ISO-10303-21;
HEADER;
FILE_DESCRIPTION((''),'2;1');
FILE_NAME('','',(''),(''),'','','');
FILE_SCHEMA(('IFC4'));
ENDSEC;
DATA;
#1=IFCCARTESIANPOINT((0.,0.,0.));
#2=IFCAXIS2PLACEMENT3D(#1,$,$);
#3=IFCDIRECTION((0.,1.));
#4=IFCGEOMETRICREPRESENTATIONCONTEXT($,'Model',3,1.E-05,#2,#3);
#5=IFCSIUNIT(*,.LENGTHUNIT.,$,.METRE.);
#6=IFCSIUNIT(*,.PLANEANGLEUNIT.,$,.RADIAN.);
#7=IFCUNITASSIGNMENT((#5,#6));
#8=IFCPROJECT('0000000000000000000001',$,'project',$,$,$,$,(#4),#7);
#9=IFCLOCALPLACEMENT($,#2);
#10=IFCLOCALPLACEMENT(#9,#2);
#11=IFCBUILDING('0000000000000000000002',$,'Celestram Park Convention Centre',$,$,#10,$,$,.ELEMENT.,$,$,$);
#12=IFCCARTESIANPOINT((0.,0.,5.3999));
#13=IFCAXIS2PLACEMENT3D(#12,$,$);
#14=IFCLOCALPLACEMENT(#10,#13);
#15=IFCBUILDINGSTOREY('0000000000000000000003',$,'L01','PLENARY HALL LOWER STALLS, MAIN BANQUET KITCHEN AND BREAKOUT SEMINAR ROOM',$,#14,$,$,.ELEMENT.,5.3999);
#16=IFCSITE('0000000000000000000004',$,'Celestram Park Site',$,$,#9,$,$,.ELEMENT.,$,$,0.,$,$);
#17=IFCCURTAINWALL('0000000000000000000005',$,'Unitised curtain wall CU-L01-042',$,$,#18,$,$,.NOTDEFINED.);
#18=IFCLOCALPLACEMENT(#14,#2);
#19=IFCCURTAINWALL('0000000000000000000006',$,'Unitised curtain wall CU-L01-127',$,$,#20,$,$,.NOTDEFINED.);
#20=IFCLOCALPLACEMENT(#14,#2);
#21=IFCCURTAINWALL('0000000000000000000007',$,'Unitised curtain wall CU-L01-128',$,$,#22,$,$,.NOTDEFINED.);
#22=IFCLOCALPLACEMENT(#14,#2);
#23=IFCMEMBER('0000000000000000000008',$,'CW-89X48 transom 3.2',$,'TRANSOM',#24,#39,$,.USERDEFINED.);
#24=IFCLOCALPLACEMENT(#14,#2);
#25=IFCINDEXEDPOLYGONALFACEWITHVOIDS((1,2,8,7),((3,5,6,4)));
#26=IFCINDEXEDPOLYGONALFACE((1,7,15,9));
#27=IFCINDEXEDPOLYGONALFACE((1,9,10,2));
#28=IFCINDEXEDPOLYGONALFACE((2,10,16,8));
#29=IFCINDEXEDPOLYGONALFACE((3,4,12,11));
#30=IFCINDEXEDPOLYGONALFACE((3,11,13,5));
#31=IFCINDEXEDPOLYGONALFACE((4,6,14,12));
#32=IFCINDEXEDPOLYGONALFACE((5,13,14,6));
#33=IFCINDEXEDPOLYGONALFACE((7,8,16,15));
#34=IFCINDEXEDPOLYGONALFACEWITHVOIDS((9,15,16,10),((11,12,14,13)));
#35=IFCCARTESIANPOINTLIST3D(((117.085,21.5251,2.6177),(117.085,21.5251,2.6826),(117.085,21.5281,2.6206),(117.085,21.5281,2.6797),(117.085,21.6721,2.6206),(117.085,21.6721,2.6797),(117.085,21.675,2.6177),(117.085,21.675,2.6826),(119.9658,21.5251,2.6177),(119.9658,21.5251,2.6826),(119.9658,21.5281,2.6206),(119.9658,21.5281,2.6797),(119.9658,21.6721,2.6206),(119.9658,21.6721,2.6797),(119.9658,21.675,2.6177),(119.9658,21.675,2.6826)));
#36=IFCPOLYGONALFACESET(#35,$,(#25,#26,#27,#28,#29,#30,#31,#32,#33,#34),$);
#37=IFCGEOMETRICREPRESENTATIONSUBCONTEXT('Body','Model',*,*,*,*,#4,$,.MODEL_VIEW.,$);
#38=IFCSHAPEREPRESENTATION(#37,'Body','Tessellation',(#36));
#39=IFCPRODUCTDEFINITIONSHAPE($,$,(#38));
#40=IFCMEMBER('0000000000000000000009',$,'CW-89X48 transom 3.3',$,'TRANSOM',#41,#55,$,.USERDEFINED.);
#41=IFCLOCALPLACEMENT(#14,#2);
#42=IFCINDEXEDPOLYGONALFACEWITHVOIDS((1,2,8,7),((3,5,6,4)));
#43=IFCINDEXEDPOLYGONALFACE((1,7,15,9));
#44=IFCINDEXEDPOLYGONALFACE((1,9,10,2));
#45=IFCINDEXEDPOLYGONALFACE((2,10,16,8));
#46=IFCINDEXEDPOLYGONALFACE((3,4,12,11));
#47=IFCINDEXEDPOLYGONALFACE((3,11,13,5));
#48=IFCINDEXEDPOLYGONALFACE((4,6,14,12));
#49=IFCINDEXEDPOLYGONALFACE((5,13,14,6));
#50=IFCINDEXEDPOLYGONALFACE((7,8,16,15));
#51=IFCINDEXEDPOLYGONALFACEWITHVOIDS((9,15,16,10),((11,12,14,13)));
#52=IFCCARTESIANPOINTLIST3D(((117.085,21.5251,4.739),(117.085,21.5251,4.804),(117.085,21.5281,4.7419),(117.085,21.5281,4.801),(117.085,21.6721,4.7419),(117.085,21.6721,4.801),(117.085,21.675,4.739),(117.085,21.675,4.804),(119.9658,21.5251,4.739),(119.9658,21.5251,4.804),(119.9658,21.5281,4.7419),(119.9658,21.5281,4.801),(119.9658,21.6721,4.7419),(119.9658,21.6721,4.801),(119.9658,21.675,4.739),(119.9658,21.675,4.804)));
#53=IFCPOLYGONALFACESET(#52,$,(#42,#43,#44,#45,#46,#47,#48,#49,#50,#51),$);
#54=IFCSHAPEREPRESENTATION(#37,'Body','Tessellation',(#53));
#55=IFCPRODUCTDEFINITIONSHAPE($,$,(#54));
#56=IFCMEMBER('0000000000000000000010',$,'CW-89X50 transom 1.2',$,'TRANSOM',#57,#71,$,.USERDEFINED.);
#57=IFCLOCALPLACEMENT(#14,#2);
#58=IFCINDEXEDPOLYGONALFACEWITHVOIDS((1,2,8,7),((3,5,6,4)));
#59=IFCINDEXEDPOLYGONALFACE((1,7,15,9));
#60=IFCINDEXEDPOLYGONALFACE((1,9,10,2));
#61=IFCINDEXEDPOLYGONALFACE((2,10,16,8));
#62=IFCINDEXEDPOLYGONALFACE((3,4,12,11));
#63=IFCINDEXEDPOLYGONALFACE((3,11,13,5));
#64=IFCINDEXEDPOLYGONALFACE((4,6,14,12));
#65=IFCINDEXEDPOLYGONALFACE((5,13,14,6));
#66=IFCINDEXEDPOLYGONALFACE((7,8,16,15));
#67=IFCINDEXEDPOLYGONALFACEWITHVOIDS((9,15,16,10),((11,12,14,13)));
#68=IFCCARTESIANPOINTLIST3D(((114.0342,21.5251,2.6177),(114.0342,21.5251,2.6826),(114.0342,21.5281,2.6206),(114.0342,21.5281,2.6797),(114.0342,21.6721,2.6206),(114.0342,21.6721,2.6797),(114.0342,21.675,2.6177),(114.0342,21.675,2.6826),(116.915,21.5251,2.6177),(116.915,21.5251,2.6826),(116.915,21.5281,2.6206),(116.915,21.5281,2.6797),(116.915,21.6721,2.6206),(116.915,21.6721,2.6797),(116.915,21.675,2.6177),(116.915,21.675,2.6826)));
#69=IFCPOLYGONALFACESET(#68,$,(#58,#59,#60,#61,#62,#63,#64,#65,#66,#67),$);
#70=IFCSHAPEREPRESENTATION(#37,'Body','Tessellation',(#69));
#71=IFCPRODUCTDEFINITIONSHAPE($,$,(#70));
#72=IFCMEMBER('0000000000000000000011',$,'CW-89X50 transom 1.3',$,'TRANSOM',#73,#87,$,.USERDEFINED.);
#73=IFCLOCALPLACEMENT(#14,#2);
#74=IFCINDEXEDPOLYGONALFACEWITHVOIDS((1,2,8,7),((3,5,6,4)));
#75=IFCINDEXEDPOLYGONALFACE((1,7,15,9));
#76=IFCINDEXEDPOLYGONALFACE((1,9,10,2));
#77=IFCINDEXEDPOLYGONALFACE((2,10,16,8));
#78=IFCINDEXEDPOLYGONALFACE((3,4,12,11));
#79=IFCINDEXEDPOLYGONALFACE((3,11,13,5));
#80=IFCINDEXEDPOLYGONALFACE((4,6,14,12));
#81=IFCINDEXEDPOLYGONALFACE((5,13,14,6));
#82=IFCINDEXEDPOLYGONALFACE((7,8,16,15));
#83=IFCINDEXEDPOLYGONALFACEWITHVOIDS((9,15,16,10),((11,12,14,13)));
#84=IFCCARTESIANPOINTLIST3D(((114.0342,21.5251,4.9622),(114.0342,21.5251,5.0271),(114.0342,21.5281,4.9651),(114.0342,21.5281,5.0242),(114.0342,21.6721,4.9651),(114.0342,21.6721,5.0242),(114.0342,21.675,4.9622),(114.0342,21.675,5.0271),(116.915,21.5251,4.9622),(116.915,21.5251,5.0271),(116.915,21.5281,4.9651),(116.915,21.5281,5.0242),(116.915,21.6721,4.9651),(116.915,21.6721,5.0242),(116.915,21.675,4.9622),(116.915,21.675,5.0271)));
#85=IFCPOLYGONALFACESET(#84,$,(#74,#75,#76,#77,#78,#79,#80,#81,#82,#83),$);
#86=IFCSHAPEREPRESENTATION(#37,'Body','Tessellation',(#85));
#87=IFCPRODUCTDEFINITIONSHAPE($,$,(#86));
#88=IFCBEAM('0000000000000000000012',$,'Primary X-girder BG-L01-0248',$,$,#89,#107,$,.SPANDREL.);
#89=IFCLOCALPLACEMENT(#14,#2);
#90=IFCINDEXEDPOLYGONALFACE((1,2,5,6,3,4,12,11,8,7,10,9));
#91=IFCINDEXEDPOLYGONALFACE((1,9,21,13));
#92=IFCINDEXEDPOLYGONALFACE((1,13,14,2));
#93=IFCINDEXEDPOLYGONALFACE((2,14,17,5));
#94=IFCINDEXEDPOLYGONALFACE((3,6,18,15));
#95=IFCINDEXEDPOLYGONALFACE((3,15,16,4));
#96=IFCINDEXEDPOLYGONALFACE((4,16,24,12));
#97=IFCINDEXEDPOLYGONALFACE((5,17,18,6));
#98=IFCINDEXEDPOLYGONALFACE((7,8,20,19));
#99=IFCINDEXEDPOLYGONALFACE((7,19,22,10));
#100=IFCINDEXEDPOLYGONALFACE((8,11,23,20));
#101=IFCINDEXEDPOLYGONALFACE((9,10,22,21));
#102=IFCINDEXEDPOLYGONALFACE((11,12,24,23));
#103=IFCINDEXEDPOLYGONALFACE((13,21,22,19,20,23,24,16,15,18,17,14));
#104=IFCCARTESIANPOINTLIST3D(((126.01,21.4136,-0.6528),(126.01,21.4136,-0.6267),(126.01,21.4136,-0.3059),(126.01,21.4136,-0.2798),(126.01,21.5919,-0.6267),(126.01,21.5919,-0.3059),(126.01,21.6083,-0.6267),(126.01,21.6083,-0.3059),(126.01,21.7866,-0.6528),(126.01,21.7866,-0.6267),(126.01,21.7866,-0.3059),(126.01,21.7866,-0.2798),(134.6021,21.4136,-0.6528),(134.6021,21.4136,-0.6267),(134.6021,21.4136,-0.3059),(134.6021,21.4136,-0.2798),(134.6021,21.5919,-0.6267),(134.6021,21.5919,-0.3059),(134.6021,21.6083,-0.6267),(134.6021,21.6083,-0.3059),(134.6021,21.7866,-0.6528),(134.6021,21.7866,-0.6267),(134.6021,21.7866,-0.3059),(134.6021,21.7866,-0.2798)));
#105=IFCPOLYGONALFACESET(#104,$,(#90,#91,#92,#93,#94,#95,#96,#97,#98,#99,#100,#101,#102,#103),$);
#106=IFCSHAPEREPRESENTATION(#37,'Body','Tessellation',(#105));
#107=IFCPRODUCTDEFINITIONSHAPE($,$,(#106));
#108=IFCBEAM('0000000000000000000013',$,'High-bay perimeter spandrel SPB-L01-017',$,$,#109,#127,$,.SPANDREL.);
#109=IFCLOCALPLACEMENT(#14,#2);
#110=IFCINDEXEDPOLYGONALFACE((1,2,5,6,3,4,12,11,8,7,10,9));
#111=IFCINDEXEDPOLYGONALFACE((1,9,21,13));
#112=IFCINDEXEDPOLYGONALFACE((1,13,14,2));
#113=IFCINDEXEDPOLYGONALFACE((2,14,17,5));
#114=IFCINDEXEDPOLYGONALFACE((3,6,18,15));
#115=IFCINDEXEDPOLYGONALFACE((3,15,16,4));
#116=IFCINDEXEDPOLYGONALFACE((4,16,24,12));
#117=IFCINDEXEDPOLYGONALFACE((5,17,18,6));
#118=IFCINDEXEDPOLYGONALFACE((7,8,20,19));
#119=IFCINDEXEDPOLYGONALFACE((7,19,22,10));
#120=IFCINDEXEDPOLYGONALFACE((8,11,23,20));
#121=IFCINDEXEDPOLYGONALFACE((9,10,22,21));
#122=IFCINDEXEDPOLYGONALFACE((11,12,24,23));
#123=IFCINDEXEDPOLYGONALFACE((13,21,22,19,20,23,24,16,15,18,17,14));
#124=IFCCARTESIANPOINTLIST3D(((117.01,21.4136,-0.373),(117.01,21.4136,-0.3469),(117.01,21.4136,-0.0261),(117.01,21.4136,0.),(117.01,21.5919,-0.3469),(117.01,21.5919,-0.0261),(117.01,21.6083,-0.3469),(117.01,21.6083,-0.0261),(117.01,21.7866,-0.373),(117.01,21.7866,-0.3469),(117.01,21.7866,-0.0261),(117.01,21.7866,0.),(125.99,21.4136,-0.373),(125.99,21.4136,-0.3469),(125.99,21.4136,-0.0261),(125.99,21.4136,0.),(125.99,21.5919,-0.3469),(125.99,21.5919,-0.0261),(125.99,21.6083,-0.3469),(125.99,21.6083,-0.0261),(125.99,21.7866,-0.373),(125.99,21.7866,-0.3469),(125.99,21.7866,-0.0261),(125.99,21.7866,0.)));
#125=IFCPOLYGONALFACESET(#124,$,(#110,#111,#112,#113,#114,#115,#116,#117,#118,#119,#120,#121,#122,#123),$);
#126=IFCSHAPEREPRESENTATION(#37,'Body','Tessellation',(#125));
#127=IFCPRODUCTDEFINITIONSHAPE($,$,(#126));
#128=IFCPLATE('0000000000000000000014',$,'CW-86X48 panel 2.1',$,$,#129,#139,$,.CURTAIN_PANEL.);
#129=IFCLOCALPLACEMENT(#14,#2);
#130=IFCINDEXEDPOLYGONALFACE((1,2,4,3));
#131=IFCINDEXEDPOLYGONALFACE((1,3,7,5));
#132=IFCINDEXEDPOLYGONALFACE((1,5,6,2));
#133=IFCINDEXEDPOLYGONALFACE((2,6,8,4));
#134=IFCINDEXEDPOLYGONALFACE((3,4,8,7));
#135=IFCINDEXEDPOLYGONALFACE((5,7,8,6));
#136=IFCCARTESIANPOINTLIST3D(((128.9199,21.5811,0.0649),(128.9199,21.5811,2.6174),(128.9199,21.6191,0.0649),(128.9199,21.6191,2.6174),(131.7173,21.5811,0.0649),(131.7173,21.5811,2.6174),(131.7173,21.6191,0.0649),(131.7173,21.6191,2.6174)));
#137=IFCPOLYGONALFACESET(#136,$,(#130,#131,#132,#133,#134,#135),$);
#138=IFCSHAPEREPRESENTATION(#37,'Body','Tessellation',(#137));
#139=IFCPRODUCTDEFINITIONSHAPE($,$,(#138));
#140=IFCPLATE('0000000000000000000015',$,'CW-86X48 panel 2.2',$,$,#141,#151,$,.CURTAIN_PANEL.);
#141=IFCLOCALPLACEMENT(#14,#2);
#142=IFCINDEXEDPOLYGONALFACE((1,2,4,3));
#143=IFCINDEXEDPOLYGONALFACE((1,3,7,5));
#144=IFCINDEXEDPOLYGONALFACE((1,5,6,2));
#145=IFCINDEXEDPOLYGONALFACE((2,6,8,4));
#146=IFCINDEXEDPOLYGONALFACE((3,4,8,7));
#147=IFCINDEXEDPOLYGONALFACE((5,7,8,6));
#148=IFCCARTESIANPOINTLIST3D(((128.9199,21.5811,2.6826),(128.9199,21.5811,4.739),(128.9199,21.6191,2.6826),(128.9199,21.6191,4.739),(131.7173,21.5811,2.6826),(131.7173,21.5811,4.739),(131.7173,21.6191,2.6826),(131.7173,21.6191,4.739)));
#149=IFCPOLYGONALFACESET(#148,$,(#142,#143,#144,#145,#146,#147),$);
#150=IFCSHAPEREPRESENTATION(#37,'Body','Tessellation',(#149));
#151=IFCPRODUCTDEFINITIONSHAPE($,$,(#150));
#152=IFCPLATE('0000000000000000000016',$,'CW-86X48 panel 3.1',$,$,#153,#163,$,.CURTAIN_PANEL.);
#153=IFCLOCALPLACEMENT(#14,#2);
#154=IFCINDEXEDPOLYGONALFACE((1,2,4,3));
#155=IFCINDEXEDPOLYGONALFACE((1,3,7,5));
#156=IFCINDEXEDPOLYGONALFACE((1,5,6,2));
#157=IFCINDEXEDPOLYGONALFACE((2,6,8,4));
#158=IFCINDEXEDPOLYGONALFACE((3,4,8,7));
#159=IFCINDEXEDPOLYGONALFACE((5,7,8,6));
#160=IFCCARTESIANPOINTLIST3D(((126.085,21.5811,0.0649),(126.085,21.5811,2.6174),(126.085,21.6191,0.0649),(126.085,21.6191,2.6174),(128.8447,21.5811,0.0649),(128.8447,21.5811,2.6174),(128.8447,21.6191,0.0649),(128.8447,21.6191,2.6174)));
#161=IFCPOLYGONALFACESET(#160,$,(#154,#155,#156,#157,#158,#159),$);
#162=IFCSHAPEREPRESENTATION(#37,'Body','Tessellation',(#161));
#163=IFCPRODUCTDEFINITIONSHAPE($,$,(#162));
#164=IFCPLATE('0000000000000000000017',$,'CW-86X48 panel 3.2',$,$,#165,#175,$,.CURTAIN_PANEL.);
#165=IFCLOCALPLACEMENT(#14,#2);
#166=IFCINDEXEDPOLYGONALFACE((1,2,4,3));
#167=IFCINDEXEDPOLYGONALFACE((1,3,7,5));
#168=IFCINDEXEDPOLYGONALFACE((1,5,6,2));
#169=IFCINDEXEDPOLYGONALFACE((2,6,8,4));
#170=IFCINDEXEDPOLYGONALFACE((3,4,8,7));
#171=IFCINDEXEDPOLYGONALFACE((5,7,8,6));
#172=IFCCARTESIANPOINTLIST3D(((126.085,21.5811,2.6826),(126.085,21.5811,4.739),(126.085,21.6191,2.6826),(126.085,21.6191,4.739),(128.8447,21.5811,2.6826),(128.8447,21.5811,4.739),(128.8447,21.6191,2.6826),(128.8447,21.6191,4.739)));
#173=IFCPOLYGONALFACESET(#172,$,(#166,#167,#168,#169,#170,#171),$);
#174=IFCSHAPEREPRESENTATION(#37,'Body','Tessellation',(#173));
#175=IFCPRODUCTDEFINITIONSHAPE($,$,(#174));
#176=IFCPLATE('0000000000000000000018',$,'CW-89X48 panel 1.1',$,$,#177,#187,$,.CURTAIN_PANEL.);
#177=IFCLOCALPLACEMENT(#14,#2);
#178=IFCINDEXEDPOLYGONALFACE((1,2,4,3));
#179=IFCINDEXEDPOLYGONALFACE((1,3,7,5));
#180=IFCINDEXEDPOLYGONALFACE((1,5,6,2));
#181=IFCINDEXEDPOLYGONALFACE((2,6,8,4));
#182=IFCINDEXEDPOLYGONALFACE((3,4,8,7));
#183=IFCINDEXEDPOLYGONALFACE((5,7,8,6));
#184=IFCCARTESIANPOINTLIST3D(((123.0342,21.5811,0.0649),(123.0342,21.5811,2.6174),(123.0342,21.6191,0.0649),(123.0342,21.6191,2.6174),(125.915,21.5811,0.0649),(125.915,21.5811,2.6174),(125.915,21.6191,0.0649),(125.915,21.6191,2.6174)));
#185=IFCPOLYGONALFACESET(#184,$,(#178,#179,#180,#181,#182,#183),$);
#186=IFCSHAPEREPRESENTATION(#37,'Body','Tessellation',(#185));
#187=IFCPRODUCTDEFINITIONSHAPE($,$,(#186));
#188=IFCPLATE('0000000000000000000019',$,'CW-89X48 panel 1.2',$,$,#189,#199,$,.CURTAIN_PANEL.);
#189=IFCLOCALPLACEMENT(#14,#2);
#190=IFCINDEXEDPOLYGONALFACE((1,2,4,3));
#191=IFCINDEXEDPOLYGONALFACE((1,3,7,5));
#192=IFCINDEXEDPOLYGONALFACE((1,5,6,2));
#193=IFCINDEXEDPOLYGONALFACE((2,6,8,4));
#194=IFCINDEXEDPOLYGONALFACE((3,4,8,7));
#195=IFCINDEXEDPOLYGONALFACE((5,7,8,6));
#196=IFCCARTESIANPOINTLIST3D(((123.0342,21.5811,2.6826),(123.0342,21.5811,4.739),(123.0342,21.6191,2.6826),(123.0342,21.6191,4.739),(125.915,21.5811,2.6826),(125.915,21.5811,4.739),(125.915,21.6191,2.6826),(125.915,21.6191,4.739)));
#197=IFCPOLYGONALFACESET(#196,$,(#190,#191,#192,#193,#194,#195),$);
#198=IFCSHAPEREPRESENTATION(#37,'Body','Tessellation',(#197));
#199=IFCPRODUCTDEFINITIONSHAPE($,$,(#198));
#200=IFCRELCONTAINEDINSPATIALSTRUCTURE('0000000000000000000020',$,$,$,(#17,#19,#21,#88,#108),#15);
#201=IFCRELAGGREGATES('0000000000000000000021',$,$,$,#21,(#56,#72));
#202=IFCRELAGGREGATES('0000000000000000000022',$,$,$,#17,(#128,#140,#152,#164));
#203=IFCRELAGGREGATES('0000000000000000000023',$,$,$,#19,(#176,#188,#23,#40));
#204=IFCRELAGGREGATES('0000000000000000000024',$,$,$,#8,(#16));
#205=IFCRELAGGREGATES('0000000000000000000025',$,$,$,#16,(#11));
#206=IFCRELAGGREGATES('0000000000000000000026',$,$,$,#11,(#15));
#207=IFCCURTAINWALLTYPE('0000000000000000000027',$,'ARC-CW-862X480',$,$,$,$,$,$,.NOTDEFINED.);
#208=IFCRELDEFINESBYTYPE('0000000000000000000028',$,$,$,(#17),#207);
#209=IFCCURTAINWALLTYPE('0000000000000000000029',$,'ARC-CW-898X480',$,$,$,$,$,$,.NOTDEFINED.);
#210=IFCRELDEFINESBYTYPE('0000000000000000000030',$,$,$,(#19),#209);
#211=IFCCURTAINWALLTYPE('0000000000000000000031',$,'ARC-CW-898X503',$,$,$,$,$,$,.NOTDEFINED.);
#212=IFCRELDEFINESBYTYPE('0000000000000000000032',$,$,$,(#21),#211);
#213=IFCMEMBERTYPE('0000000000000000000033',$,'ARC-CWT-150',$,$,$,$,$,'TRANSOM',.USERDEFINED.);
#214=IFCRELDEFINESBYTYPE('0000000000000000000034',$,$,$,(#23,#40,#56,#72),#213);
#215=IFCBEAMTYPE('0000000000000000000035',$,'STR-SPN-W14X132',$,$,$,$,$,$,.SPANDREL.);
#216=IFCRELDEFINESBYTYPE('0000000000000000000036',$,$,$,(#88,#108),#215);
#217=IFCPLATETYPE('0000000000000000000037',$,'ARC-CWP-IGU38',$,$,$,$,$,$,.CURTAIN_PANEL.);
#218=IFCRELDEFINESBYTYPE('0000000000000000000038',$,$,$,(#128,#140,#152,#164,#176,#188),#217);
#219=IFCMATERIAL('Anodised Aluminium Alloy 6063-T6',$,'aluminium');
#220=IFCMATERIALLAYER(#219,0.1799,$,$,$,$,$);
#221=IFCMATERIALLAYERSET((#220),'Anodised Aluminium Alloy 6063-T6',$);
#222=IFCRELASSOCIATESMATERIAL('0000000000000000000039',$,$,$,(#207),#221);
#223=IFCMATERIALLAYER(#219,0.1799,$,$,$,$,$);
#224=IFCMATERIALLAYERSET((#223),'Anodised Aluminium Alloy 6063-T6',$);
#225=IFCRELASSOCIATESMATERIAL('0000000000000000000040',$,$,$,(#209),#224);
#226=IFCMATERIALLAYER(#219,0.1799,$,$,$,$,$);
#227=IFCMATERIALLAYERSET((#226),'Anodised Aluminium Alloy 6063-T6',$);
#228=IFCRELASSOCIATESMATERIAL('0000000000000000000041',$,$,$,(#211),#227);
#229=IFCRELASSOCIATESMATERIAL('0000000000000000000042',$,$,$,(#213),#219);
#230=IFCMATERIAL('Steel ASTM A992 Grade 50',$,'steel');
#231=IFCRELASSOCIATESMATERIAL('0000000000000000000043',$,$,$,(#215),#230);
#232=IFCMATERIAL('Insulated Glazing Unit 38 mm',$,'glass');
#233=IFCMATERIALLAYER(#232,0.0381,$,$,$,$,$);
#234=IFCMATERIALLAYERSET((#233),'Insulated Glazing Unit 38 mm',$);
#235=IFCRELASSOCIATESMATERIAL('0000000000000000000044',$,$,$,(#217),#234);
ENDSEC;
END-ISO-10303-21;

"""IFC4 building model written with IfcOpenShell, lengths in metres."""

from ifc_helpers import new_model, si_unit, direction, frame, origin, origin_2d, place, context, subcontext, project, spatial, rectangle, hollow_rectangle, i_section, extrude, material, layer, layer_set, material_profile, profile_set, type_object, element, aggregate, save


model = new_model("IFC4")

# Units and contexts
model_context = context("Model", 3, precision=1e-05, world=origin(), true_north=direction((0.0, 1.0)))
body_context = subcontext(model_context, "Body", "Model", "MODEL_VIEW")
ifc_project = project(units=[si_unit("LENGTHUNIT", "METRE"), si_unit("PLANEANGLEUNIT", "RADIAN")], contexts=[model_context])

# Site, building, storey
site_placement = place(None, origin())
site = spatial("IfcSite", under=ifc_project, at=site_placement, Name="Celestram Park Site", CompositionType="ELEMENT", RefElevation=0.0)
building_placement = place(site_placement, origin())
building = spatial("IfcBuilding", under=site, at=building_placement, Name="Celestram Park Convention Centre", CompositionType="ELEMENT")
storey_placement = place(building_placement, frame((0.0, 0.0, 5.3999)))
storey = spatial("IfcBuildingStorey", under=building, at=storey_placement, Name="L01", Description="PLENARY HALL LOWER STALLS, MAIN BANQUET KITCHEN AND BREAKOUT SEMINAR ROOM", CompositionType="ELEMENT", Elevation=5.3999)

# Shared definitions
ifc_material_1 = material(Name="Steel ASTM A992 Grade 50", Category="steel")

# Curtain walls
ifc_material_2 = material(Name="Anodised Aluminium Alloy 6063-T6", Category="aluminium")
ifc_layer_1 = layer(ifc_material_2, 0.1799)
ifc_layer_set_1 = layer_set([ifc_layer_1], Name="Anodised Aluminium Alloy 6063-T6")
curtain_wall_type_1 = type_object("IfcCurtainWallType", Name="ARC-CW-862X480", PredefinedType="NOTDEFINED", material=ifc_layer_set_1)
curtain_wall_1_placement = place(storey_placement, origin())
curtain_wall_1 = element("IfcCurtainWall", 1, at=curtain_wall_1_placement, inside=storey, type_object=curtain_wall_type_1, Name="Unitised curtain wall CU-L01-042", PredefinedType="NOTDEFINED")
ifc_layer_2 = layer(ifc_material_2, 0.1799)
ifc_layer_set_2 = layer_set([ifc_layer_2], Name="Anodised Aluminium Alloy 6063-T6")
curtain_wall_type_2 = type_object("IfcCurtainWallType", Name="ARC-CW-898X480", PredefinedType="NOTDEFINED", material=ifc_layer_set_2)
curtain_wall_2_placement = place(storey_placement, origin())
curtain_wall_2 = element("IfcCurtainWall", 2, at=curtain_wall_2_placement, inside=storey, type_object=curtain_wall_type_2, Name="Unitised curtain wall CU-L01-127", PredefinedType="NOTDEFINED")

# Curtain wall
ifc_layer_3 = layer(ifc_material_2, 0.1799)
ifc_layer_set_3 = layer_set([ifc_layer_3], Name="Anodised Aluminium Alloy 6063-T6")
curtain_wall_type_3 = type_object("IfcCurtainWallType", Name="ARC-CW-898X503", PredefinedType="NOTDEFINED", material=ifc_layer_set_3)
curtain_wall_3_placement = place(storey_placement, origin())
curtain_wall_3 = element("IfcCurtainWall", 3, at=curtain_wall_3_placement, inside=storey, type_object=curtain_wall_type_3, Name="Unitised curtain wall CU-L01-128", PredefinedType="NOTDEFINED")

# Members
ifc_material_profile_1 = material_profile(ifc_material_2, hollow_rectangle(XDim=0.1499, YDim=0.0649, WallThickness=0.0029, at=origin_2d()), Name="ALU150X65X3")
ifc_profile_set_1 = profile_set([ifc_material_profile_1], Name="Anodised Aluminium Alloy 6063-T6")
member_type_1 = type_object("IfcMemberType", Name="ARC-CWT-150", ElementType="TRANSOM", PredefinedType="USERDEFINED", material=ifc_profile_set_1)
member_1_placement = place(storey_placement, frame((119.9658, 21.6001, 2.6501), z_axis=(-1.0, 0.0, 0.0), x_axis=(0.0, -1.0, 0.0)))
member_1 = element("IfcMember", 4, at=member_1_placement, type_object=member_type_1, Name="CW-89X48 transom 3.2", ObjectType="TRANSOM", PredefinedType="USERDEFINED", context=body_context, shape_type="SweptSolid", body=[
    extrude(hollow_rectangle(XDim=0.1499, YDim=0.0649, WallThickness=0.0029, at=origin_2d()), origin(), (0.0, 0.0, 1.0), 2.8809),
])
member_2_placement = place(storey_placement, frame((119.9658, 21.6001, 4.7715), z_axis=(-1.0, 0.0, 0.0), x_axis=(0.0, -1.0, 0.0)))
member_2 = element("IfcMember", 5, at=member_2_placement, type_object=member_type_1, Name="CW-89X48 transom 3.3", ObjectType="TRANSOM", PredefinedType="USERDEFINED", context=body_context, shape_type="SweptSolid", body=[
    extrude(hollow_rectangle(XDim=0.1499, YDim=0.0649, WallThickness=0.0029, at=origin_2d()), origin(), (0.0, 0.0, 1.0), 2.8809),
])
member_3_placement = place(storey_placement, frame((116.915, 21.6001, 2.6501), z_axis=(-1.0, 0.0, 0.0), x_axis=(0.0, -1.0, 0.0)))
member_3 = element("IfcMember", 6, at=member_3_placement, type_object=member_type_1, Name="CW-89X50 transom 1.2", ObjectType="TRANSOM", PredefinedType="USERDEFINED", context=body_context, shape_type="SweptSolid", body=[
    extrude(hollow_rectangle(XDim=0.1499, YDim=0.0649, WallThickness=0.0029, at=origin_2d()), origin(), (0.0, 0.0, 1.0), 2.8809),
])
member_4_placement = place(storey_placement, frame((116.915, 21.6001, 4.9946), z_axis=(-1.0, 0.0, 0.0), x_axis=(0.0, -1.0, 0.0)))
member_4 = element("IfcMember", 7, at=member_4_placement, type_object=member_type_1, Name="CW-89X50 transom 1.3", ObjectType="TRANSOM", PredefinedType="USERDEFINED", context=body_context, shape_type="SweptSolid", body=[
    extrude(hollow_rectangle(XDim=0.1499, YDim=0.0649, WallThickness=0.0029, at=origin_2d()), origin(), (0.0, 0.0, 1.0), 2.8809),
])
aggregate(curtain_wall_3, [member_3, member_4])

# Beams
ifc_material_profile_2 = material_profile(ifc_material_1, i_section(OverallWidth=0.373, OverallDepth=0.373, WebThickness=0.0164, FlangeThickness=0.0261, at=origin_2d()), Name="W14X132")
ifc_profile_set_2 = profile_set([ifc_material_profile_2], Name="Steel ASTM A992 Grade 50")
beam_type = type_object("IfcBeamType", Name="STR-SPN-W14X132", PredefinedType="SPANDREL", material=ifc_profile_set_2)
beam_1_placement = place(storey_placement, frame((126.01, 21.6001, -0.4663), z_axis=(1.0, 0.0, 0.0), x_axis=(0.0, 1.0, 0.0)))
element("IfcBeam", 8, at=beam_1_placement, inside=storey, type_object=beam_type, Name="Primary X-girder BG-L01-0248", PredefinedType="SPANDREL", context=body_context, shape_type="SweptSolid", body=[
    extrude(i_section(OverallWidth=0.373, OverallDepth=0.373, WebThickness=0.0164, FlangeThickness=0.0261, at=origin_2d()), origin(), (0.0, 0.0, 1.0), 8.592),
])
beam_2_placement = place(storey_placement, frame((117.01, 21.6001, -0.1865), z_axis=(1.0, 0.0, 0.0), x_axis=(0.0, 1.0, 0.0)))
element("IfcBeam", 9, at=beam_2_placement, inside=storey, type_object=beam_type, Name="High-bay perimeter spandrel SPB-L01-017", PredefinedType="SPANDREL", context=body_context, shape_type="SweptSolid", body=[
    extrude(i_section(OverallWidth=0.373, OverallDepth=0.373, WebThickness=0.0164, FlangeThickness=0.0261, at=origin_2d()), origin(), (0.0, 0.0, 1.0), 8.98),
])

# Plates
ifc_material_3 = material(Name="Insulated Glazing Unit 38 mm", Category="glass")
ifc_layer_4 = layer(ifc_material_3, 0.0381)
ifc_layer_set_4 = layer_set([ifc_layer_4], Name="Insulated Glazing Unit 38 mm")
plate_type = type_object("IfcPlateType", Name="ARC-CWP-IGU38", PredefinedType="CURTAIN_PANEL", material=ifc_layer_set_4)
plate_1_placement = place(storey_placement, frame((130.3186, 21.6001, 0.0649), z_axis=(0.0, 0.0, 1.0), x_axis=(-1.0, 0.0, 0.0)))
plate_1 = element("IfcPlate", 10, at=plate_1_placement, type_object=plate_type, Name="CW-86X48 panel 2.1", PredefinedType="CURTAIN_PANEL", context=body_context, shape_type="SweptSolid", body=[
    extrude(rectangle(XDim=2.7974, YDim=0.0381, at=origin_2d()), origin(), (0.0, 0.0, 1.0), 2.5525),
])
plate_2_placement = place(storey_placement, frame((130.3186, 21.6001, 2.6826), z_axis=(0.0, 0.0, 1.0), x_axis=(-1.0, 0.0, 0.0)))
plate_2 = element("IfcPlate", 11, at=plate_2_placement, type_object=plate_type, Name="CW-86X48 panel 2.2", PredefinedType="CURTAIN_PANEL", context=body_context, shape_type="SweptSolid", body=[
    extrude(rectangle(XDim=2.7974, YDim=0.0381, at=origin_2d()), origin(), (0.0, 0.0, 1.0), 2.0564),
])
plate_3_placement = place(storey_placement, frame((127.4648, 21.6001, 0.0649), z_axis=(0.0, 0.0, 1.0), x_axis=(-1.0, 0.0, 0.0)))
plate_3 = element("IfcPlate", 12, at=plate_3_placement, type_object=plate_type, Name="CW-86X48 panel 3.1", PredefinedType="CURTAIN_PANEL", context=body_context, shape_type="SweptSolid", body=[
    extrude(rectangle(XDim=2.7598, YDim=0.0381, at=origin_2d()), origin(), (0.0, 0.0, 1.0), 2.5525),
])
plate_4_placement = place(storey_placement, frame((127.4648, 21.6001, 2.6826), z_axis=(0.0, 0.0, 1.0), x_axis=(-1.0, 0.0, 0.0)))
plate_4 = element("IfcPlate", 13, at=plate_4_placement, type_object=plate_type, Name="CW-86X48 panel 3.2", PredefinedType="CURTAIN_PANEL", context=body_context, shape_type="SweptSolid", body=[
    extrude(rectangle(XDim=2.7598, YDim=0.0381, at=origin_2d()), origin(), (0.0, 0.0, 1.0), 2.0564),
])
aggregate(curtain_wall_1, [plate_1, plate_2, plate_3, plate_4])
plate_5_placement = place(storey_placement, frame((124.4746, 21.6001, 0.0649), z_axis=(0.0, 0.0, 1.0), x_axis=(-1.0, 0.0, 0.0)))
plate_5 = element("IfcPlate", 14, at=plate_5_placement, type_object=plate_type, Name="CW-89X48 panel 1.1", PredefinedType="CURTAIN_PANEL", context=body_context, shape_type="SweptSolid", body=[
    extrude(rectangle(XDim=2.8809, YDim=0.0381, at=origin_2d()), origin(), (0.0, 0.0, 1.0), 2.5525),
])
plate_6_placement = place(storey_placement, frame((124.4746, 21.6001, 2.6826), z_axis=(0.0, 0.0, 1.0), x_axis=(-1.0, 0.0, 0.0)))
plate_6 = element("IfcPlate", 15, at=plate_6_placement, type_object=plate_type, Name="CW-89X48 panel 1.2", PredefinedType="CURTAIN_PANEL", context=body_context, shape_type="SweptSolid", body=[
    extrude(rectangle(XDim=2.8809, YDim=0.0381, at=origin_2d()), origin(), (0.0, 0.0, 1.0), 2.0564),
])
aggregate(curtain_wall_2, [plate_5, plate_6, member_1, member_2])

save(model, "model.ifc")
